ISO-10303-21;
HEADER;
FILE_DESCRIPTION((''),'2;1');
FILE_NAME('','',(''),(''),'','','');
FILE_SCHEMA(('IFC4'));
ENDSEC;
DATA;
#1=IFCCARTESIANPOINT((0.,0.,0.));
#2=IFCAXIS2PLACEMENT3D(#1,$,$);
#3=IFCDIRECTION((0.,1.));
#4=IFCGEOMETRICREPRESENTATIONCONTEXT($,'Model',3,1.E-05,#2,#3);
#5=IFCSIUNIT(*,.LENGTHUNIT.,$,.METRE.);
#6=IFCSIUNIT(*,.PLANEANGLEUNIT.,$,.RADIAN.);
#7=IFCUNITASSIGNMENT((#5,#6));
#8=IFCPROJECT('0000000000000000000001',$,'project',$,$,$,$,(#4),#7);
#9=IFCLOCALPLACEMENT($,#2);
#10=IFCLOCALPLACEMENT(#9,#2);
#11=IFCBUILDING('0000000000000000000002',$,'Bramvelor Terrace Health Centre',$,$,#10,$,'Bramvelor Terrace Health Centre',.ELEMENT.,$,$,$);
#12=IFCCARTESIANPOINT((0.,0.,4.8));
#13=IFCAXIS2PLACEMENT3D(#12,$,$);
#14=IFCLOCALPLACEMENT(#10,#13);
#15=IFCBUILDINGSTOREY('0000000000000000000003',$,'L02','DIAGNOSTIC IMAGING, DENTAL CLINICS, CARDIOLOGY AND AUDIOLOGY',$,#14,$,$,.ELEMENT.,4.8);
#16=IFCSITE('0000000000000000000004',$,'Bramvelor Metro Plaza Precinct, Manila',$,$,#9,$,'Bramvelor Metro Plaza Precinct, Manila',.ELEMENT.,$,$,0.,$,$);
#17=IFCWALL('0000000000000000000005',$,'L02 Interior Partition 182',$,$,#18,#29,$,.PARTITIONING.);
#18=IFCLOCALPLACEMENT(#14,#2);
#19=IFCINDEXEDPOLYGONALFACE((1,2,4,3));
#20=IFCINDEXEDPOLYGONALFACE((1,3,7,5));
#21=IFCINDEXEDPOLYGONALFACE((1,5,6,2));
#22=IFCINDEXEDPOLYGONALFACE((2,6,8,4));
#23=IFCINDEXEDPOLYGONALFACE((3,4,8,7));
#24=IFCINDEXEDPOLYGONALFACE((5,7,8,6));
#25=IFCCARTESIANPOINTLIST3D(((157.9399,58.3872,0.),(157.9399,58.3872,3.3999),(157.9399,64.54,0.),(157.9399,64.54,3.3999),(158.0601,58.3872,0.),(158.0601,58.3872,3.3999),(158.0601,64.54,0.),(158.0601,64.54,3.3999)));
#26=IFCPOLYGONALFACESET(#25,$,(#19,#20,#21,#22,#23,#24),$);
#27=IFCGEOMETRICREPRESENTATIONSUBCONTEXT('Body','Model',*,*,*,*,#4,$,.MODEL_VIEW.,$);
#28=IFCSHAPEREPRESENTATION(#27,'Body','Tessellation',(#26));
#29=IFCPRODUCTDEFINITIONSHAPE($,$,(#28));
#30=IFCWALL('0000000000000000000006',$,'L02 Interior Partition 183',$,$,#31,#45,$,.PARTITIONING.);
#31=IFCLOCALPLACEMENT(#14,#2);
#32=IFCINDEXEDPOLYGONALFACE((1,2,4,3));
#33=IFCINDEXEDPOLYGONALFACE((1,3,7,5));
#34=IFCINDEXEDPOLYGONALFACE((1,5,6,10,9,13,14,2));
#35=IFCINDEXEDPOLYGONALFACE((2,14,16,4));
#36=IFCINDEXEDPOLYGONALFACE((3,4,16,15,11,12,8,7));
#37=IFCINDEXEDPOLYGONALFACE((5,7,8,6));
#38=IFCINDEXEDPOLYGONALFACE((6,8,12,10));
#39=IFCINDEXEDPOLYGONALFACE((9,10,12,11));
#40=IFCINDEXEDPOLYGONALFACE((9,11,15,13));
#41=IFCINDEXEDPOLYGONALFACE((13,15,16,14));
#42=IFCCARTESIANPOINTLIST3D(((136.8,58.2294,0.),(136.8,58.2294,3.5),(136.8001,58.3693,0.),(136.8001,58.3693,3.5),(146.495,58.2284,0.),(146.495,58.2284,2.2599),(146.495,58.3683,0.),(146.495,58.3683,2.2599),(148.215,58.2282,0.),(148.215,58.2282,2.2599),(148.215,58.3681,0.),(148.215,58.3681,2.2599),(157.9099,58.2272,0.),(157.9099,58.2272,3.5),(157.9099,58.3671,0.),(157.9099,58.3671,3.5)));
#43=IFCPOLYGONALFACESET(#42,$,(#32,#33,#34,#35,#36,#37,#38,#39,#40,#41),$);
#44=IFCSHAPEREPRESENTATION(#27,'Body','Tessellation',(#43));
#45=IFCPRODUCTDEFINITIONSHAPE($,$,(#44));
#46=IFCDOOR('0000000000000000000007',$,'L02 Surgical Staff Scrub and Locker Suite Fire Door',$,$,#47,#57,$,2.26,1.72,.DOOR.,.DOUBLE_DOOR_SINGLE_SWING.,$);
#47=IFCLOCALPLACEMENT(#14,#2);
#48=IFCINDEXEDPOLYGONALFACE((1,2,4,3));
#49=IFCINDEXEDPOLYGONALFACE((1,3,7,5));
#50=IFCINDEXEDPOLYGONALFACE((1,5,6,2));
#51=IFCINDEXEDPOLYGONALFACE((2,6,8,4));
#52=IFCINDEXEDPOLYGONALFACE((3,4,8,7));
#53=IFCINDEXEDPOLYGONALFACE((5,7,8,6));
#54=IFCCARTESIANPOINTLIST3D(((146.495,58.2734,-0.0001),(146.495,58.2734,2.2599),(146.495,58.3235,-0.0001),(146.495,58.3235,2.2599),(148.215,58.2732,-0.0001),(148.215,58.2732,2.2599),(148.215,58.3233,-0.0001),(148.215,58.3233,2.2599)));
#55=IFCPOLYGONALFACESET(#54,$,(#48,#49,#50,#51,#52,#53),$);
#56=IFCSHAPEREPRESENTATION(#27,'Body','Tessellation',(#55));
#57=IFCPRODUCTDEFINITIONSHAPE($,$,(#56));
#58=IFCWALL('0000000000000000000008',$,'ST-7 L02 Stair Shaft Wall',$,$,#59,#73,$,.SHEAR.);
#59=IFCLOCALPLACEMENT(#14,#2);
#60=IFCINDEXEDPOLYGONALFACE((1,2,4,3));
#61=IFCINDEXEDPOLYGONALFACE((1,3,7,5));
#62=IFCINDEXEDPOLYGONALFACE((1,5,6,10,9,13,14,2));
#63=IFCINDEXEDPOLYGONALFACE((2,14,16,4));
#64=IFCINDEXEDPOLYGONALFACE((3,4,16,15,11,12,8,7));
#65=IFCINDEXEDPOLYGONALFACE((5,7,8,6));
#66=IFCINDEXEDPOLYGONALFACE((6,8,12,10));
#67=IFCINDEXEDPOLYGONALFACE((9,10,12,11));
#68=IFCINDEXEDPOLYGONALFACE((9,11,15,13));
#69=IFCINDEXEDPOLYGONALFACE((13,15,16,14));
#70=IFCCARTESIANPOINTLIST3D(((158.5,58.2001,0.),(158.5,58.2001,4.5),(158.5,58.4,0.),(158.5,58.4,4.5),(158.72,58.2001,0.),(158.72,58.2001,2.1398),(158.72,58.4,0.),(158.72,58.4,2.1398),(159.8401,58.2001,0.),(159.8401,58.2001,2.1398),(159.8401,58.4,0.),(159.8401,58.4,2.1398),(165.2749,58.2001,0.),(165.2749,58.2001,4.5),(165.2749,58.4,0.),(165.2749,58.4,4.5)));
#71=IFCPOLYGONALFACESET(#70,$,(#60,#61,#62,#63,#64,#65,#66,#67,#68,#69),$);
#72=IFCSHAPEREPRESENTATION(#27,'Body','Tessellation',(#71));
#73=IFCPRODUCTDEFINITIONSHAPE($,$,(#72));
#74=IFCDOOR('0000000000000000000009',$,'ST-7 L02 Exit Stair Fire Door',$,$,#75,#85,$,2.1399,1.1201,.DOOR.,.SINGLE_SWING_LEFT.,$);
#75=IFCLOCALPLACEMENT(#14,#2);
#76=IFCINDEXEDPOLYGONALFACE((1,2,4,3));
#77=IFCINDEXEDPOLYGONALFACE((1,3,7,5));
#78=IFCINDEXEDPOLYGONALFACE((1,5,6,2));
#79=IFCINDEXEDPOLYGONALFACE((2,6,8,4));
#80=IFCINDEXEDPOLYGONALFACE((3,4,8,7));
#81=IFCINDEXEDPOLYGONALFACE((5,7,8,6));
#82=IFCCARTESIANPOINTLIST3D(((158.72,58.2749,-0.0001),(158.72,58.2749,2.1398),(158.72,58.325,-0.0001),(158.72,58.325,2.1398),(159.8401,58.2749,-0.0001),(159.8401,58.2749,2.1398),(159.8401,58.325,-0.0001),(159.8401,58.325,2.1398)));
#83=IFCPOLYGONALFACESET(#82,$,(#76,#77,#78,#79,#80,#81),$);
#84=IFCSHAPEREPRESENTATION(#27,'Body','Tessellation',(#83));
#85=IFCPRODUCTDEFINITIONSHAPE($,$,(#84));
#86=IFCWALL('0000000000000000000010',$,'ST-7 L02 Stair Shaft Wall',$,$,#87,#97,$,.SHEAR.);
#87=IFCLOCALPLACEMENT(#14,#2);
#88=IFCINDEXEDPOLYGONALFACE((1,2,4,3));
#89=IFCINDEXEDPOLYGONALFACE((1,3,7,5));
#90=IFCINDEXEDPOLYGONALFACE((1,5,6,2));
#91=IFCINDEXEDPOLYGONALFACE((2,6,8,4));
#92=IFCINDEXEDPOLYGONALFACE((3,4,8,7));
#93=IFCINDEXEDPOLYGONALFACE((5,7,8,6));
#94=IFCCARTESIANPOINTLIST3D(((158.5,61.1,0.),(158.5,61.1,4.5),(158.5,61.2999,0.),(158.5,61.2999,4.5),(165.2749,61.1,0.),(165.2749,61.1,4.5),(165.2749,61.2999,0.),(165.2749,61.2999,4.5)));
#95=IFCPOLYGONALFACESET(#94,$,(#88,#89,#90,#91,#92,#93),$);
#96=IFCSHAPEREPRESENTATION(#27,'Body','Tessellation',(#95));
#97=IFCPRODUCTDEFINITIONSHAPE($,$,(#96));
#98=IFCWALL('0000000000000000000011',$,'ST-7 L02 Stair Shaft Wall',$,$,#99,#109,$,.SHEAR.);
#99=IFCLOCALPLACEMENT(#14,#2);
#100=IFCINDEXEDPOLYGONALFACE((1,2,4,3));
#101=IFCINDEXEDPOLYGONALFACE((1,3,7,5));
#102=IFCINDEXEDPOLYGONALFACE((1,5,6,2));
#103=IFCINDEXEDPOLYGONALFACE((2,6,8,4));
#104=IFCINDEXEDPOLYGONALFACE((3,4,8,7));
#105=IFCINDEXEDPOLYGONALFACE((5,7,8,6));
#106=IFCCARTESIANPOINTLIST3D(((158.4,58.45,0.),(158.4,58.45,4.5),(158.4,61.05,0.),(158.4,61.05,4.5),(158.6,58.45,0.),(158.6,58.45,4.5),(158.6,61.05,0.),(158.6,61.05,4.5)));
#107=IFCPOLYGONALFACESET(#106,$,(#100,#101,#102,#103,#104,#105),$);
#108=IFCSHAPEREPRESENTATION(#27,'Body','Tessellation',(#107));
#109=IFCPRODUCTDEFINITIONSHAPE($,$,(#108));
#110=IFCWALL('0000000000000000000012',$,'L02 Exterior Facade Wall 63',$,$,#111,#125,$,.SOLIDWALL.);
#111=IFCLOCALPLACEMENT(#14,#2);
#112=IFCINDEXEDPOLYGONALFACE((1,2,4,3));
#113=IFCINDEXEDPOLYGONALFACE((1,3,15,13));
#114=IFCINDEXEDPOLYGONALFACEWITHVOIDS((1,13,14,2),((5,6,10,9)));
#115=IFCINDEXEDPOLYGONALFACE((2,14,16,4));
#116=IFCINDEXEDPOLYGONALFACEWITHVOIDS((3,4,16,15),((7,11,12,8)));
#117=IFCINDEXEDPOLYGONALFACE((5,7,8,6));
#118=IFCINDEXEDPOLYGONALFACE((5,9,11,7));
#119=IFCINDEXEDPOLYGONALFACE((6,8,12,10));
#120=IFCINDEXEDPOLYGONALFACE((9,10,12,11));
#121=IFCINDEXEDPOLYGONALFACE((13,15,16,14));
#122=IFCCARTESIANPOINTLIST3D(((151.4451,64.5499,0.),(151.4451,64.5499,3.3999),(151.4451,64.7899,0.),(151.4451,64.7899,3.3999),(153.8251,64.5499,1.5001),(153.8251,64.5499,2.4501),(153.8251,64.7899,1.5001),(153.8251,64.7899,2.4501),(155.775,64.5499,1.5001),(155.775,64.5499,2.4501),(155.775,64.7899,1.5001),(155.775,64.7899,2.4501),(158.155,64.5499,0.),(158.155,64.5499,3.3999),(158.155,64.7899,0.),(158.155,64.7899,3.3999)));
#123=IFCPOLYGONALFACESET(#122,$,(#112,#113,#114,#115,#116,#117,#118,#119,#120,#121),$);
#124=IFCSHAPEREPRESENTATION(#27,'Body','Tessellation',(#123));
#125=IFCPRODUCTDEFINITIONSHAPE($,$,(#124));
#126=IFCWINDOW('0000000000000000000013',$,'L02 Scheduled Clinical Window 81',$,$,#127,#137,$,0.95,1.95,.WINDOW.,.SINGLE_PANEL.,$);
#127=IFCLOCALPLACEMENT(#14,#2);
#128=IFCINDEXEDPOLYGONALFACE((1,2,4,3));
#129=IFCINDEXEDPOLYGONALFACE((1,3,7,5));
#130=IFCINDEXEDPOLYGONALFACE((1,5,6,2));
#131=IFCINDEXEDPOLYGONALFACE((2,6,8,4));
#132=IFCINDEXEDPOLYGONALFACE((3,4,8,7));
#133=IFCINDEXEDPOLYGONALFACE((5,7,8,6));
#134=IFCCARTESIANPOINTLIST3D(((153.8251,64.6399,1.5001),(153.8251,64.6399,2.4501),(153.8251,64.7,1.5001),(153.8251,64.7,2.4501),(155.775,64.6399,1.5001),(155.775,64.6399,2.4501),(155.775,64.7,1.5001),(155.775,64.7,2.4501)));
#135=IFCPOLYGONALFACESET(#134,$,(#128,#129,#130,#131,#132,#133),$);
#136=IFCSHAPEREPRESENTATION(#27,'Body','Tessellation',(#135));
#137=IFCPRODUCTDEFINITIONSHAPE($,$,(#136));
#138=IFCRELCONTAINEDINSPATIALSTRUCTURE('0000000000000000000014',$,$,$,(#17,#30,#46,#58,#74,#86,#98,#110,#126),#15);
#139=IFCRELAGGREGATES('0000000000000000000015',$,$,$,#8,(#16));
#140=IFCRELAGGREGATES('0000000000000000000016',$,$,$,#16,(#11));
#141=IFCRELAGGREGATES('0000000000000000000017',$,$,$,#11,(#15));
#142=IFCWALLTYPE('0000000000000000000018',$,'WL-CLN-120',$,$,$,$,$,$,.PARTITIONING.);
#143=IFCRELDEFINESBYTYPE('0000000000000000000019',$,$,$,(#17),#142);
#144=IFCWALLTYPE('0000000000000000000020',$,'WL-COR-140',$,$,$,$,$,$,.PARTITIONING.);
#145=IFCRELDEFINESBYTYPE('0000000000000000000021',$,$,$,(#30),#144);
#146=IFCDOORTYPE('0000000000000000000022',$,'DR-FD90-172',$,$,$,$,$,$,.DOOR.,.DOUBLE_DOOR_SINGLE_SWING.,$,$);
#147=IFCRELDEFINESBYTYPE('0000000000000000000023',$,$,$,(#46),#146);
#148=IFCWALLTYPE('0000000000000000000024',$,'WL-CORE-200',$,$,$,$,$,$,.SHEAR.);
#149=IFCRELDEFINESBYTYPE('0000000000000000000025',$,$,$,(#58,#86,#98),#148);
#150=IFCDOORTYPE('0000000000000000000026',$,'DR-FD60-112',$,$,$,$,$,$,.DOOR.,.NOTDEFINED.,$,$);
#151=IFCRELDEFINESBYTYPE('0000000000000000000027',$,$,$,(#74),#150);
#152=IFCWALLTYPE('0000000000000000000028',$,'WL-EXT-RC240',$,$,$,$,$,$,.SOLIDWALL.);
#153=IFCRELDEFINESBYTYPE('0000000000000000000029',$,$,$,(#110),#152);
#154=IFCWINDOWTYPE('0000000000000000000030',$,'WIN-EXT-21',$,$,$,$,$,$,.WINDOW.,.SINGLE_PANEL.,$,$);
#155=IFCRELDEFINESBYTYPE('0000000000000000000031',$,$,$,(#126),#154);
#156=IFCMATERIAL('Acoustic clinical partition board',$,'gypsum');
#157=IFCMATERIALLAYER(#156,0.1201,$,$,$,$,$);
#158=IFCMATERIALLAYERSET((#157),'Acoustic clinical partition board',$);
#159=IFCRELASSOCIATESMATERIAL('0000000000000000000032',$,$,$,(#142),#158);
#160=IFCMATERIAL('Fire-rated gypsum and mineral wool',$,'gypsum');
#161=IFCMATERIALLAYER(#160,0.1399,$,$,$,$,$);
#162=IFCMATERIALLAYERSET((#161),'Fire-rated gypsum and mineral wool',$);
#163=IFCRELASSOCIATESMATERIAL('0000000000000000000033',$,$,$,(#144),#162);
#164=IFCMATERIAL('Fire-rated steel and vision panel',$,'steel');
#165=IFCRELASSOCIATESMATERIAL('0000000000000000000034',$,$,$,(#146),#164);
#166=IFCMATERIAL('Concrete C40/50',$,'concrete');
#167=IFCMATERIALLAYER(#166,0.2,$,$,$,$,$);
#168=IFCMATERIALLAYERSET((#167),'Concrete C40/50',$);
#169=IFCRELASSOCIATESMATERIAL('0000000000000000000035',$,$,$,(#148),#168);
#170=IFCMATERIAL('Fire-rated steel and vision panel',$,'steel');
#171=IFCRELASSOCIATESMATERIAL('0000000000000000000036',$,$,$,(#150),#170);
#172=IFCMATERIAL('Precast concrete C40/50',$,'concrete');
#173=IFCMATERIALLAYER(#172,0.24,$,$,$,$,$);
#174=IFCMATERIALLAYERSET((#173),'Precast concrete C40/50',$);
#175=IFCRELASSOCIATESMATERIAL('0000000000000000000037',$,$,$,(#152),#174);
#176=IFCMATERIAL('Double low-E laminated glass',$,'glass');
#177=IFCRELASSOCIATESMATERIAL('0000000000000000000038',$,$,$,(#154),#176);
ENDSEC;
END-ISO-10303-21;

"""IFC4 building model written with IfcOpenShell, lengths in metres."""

from ifc_helpers import new_model, si_unit, direction, frame, frame_2d, origin, place, context, subcontext, project, spatial, rectangle, extrude, material, layer, layer_set, type_object, element, fill, save


model = new_model("IFC4")

# Units and contexts
model_context = context("Model", 3, precision=1e-05, world=origin(), true_north=direction((0.0, 1.0)))
body_context = subcontext(model_context, "Body", "Model", "MODEL_VIEW")
ifc_project = project(units=[si_unit("LENGTHUNIT", "METRE"), si_unit("PLANEANGLEUNIT", "RADIAN")], contexts=[model_context])

# Site, building, storey
site_placement = place(None, origin())
site = spatial("IfcSite", under=ifc_project, at=site_placement, Name="Bramvelor Metro Plaza Precinct, Manila", LongName="Bramvelor Metro Plaza Precinct, Manila", CompositionType="ELEMENT", RefElevation=0.0)
building_placement = place(site_placement, origin())
building = spatial("IfcBuilding", under=site, at=building_placement, Name="Bramvelor Terrace Health Centre", LongName="Bramvelor Terrace Health Centre", CompositionType="ELEMENT")
storey_placement = place(building_placement, frame((0.0, 0.0, 4.8)))
storey = spatial("IfcBuildingStorey", under=building, at=storey_placement, Name="L02", Description="DIAGNOSTIC IMAGING, DENTAL CLINICS, CARDIOLOGY AND AUDIOLOGY", CompositionType="ELEMENT", Elevation=4.8)

# Wall
ifc_material_1 = material(Name="Acoustic clinical partition board", Category="gypsum")
ifc_layer_1 = layer(ifc_material_1, 0.1201)
ifc_layer_set_1 = layer_set([ifc_layer_1], Name="Acoustic clinical partition board")
wall_type_1 = type_object("IfcWallType", Name="WL-CLN-120", PredefinedType="PARTITIONING", material=ifc_layer_set_1)
wall_1_placement = place(storey_placement, frame((158.0, 64.54, 0.0), z_axis=(0.0, 0.0, 1.0), x_axis=(0.0, -1.0, 0.0)))
element("IfcWall", 1, at=wall_1_placement, inside=storey, type_object=wall_type_1, Name="L02 Interior Partition 182", PredefinedType="PARTITIONING", context=body_context, shape_type="SweptSolid", body=[
    extrude(rectangle(XDim=6.1528, YDim=0.1201, at=frame_2d((3.0764, 0.0))), origin(), (0.0, 0.0, 1.0), 3.3999),
])

# Walls, openings, doors
ifc_material_2 = material(Name="Fire-rated gypsum and mineral wool", Category="gypsum")
ifc_layer_2 = layer(ifc_material_2, 0.1399)
ifc_layer_set_2 = layer_set([ifc_layer_2], Name="Fire-rated gypsum and mineral wool")
wall_type_2 = type_object("IfcWallType", Name="WL-COR-140", PredefinedType="PARTITIONING", material=ifc_layer_set_2)
wall_2_placement = place(storey_placement, frame((157.9099, 58.2971, 0.0), z_axis=(0.0, 0.0, 1.0), x_axis=(-1.0, 0.000104, 0.0)))
wall_2 = element("IfcWall", 2, at=wall_2_placement, inside=storey, type_object=wall_type_2, Name="L02 Interior Partition 183", PredefinedType="PARTITIONING", context=body_context, shape_type="SweptSolid", body=[
    extrude(rectangle(XDim=21.1099, YDim=0.1399, at=frame_2d((10.5549, 0.0))), origin(), (0.0, 0.0, 1.0), 3.5),
])
opening_1_placement = place(wall_2_placement, frame((9.6951, 0.0, 0.0)))
opening_1 = element("IfcOpeningElement", 3, at=opening_1_placement, cuts=wall_2, PredefinedType="OPENING", context=body_context, shape_type="SweptSolid", body=[
    extrude(rectangle(XDim=1.72, YDim=2.26, at=frame_2d((0.8599, 1.1299))), frame((0.0, 0.0798, 0.0), z_axis=(0.0, -1.0, 0.0), x_axis=(1.0, 0.0, 0.0)), (0.0, 0.0, 1.0), 0.1599),
])
ifc_material_3 = material(Name="Fire-rated steel and vision panel", Category="steel")
door_type_1 = type_object("IfcDoorType", Name="DR-FD90-172", OperationType="DOUBLE_DOOR_SINGLE_SWING", PredefinedType="DOOR", material=ifc_material_3)
door_1_placement = place(opening_1_placement, origin())
door_1 = element("IfcDoor", 4, at=door_1_placement, inside=storey, type_object=door_type_1, Name="L02 Surgical Staff Scrub and Locker Suite Fire Door", OperationType="DOUBLE_DOOR_SINGLE_SWING", OverallHeight=2.26, OverallWidth=1.72, PredefinedType="DOOR", context=body_context, shape_type="SweptSolid", body=[
    extrude(rectangle(XDim=1.72, YDim=2.26, at=frame_2d((0.8599, 1.1299))), frame((0.0, 0.0249, 0.0), z_axis=(0.0, -1.0, 0.0), x_axis=(1.0, 0.0, 0.0)), (0.0, 0.0, 1.0), 0.05),
])
fill(opening_1, door_1)
ifc_material_4 = material(Name="Concrete C40/50", Category="concrete")
ifc_layer_3 = layer(ifc_material_4, 0.2)
ifc_layer_set_3 = layer_set([ifc_layer_3], Name="Concrete C40/50")
wall_type_3 = type_object("IfcWallType", Name="WL-CORE-200", PredefinedType="SHEAR", material=ifc_layer_set_3)
wall_3_placement = place(storey_placement, frame((158.5, 58.3, 0.0), z_axis=(0.0, 0.0, 1.0), x_axis=(1.0, 0.0, 0.0)))
wall_3 = element("IfcWall", 5, at=wall_3_placement, inside=storey, type_object=wall_type_3, Name="ST-7 L02 Stair Shaft Wall", PredefinedType="SHEAR", context=body_context, shape_type="SweptSolid", body=[
    extrude(rectangle(XDim=6.7749, YDim=0.2, at=frame_2d((3.3875, 0.0))), origin(), (0.0, 0.0, 1.0), 4.5),
])
opening_2_placement = place(wall_3_placement, frame((0.22, 0.0, 0.0)))
opening_2 = element("IfcOpeningElement", 6, at=opening_2_placement, cuts=wall_3, PredefinedType="OPENING", context=body_context, shape_type="SweptSolid", body=[
    extrude(rectangle(XDim=1.1201, YDim=2.1399, at=frame_2d((0.5601, 1.0698))), frame((0.0, 0.1099, 0.0), z_axis=(0.0, -1.0, 0.0), x_axis=(1.0, 0.0, 0.0)), (0.0, 0.0, 1.0), 0.22),
])
ifc_material_5 = material(Name="Fire-rated steel and vision panel", Category="steel")
door_type_2 = type_object("IfcDoorType", Name="DR-FD60-112", OperationType="NOTDEFINED", PredefinedType="DOOR", material=ifc_material_5)
door_2_placement = place(opening_2_placement, origin())
door_2 = element("IfcDoor", 7, at=door_2_placement, inside=storey, type_object=door_type_2, Name="ST-7 L02 Exit Stair Fire Door", OperationType="SINGLE_SWING_LEFT", OverallHeight=2.1399, OverallWidth=1.1201, PredefinedType="DOOR", context=body_context, shape_type="SweptSolid", body=[
    extrude(rectangle(XDim=1.1201, YDim=2.1399, at=frame_2d((0.5601, 1.0698))), frame((0.0, 0.0249, 0.0), z_axis=(0.0, -1.0, 0.0), x_axis=(1.0, 0.0, 0.0)), (0.0, 0.0, 1.0), 0.05),
])
fill(opening_2, door_2)

# Walls
wall_4_placement = place(storey_placement, frame((158.5, 61.2, 0.0), z_axis=(0.0, 0.0, 1.0), x_axis=(1.0, 0.0, 0.0)))
element("IfcWall", 8, at=wall_4_placement, inside=storey, type_object=wall_type_3, Name="ST-7 L02 Stair Shaft Wall", PredefinedType="SHEAR", context=body_context, shape_type="SweptSolid", body=[
    extrude(rectangle(XDim=6.7749, YDim=0.2, at=frame_2d((3.3875, 0.0))), origin(), (0.0, 0.0, 1.0), 4.5),
])
wall_5_placement = place(storey_placement, frame((158.5, 58.45, 0.0), z_axis=(0.0, 0.0, 1.0), x_axis=(0.0, 1.0, 0.0)))
element("IfcWall", 9, at=wall_5_placement, inside=storey, type_object=wall_type_3, Name="ST-7 L02 Stair Shaft Wall", PredefinedType="SHEAR", context=body_context, shape_type="SweptSolid", body=[
    extrude(rectangle(XDim=2.6001, YDim=0.2, at=frame_2d((1.3, 0.0))), origin(), (0.0, 0.0, 1.0), 4.5),
])

# Wall, opening, window
ifc_material_6 = material(Name="Precast concrete C40/50", Category="concrete")
ifc_layer_4 = layer(ifc_material_6, 0.24)
ifc_layer_set_4 = layer_set([ifc_layer_4], Name="Precast concrete C40/50")
wall_type_4 = type_object("IfcWallType", Name="WL-EXT-RC240", PredefinedType="SOLIDWALL", material=ifc_layer_set_4)
wall_6_placement = place(storey_placement, frame((151.4451, 64.6699, 0.0), z_axis=(0.0, 0.0, 1.0), x_axis=(1.0, 0.0, 0.0)))
wall_6 = element("IfcWall", 10, at=wall_6_placement, inside=storey, type_object=wall_type_4, Name="L02 Exterior Facade Wall 63", PredefinedType="SOLIDWALL", context=body_context, shape_type="SweptSolid", body=[
    extrude(rectangle(XDim=6.71, YDim=0.24, at=frame_2d((3.355, 0.0))), origin(), (0.0, 0.0, 1.0), 3.3999),
])
opening_3_placement = place(wall_6_placement, frame((2.3799, 0.0, 1.5)))
opening_3 = element("IfcOpeningElement", 11, at=opening_3_placement, cuts=wall_6, PredefinedType="OPENING", context=body_context, shape_type="SweptSolid", body=[
    extrude(rectangle(XDim=1.95, YDim=0.95, at=frame_2d((0.9751, 0.4751))), frame((0.0, 0.1299, 0.0), z_axis=(0.0, -1.0, 0.0), x_axis=(1.0, 0.0, 0.0)), (0.0, 0.0, 1.0), 0.26),
])
ifc_material_7 = material(Name="Double low-E laminated glass", Category="glass")
window_type = type_object("IfcWindowType", Name="WIN-EXT-21", PartitioningType="SINGLE_PANEL", PredefinedType="WINDOW", material=ifc_material_7)
window_placement = place(opening_3_placement, origin())
window = element("IfcWindow", 12, at=window_placement, inside=storey, type_object=window_type, Name="L02 Scheduled Clinical Window 81", OverallHeight=0.95, OverallWidth=1.95, PartitioningType="SINGLE_PANEL", PredefinedType="WINDOW", context=body_context, shape_type="SweptSolid", body=[
    extrude(rectangle(XDim=1.95, YDim=0.95, at=frame_2d((0.9751, 0.4751))), frame((0.0, 0.03, 0.0), z_axis=(0.0, -1.0, 0.0), x_axis=(1.0, 0.0, 0.0)), (0.0, 0.0, 1.0), 0.0601),
])
fill(opening_3, window)

save(model, "model.ifc")
